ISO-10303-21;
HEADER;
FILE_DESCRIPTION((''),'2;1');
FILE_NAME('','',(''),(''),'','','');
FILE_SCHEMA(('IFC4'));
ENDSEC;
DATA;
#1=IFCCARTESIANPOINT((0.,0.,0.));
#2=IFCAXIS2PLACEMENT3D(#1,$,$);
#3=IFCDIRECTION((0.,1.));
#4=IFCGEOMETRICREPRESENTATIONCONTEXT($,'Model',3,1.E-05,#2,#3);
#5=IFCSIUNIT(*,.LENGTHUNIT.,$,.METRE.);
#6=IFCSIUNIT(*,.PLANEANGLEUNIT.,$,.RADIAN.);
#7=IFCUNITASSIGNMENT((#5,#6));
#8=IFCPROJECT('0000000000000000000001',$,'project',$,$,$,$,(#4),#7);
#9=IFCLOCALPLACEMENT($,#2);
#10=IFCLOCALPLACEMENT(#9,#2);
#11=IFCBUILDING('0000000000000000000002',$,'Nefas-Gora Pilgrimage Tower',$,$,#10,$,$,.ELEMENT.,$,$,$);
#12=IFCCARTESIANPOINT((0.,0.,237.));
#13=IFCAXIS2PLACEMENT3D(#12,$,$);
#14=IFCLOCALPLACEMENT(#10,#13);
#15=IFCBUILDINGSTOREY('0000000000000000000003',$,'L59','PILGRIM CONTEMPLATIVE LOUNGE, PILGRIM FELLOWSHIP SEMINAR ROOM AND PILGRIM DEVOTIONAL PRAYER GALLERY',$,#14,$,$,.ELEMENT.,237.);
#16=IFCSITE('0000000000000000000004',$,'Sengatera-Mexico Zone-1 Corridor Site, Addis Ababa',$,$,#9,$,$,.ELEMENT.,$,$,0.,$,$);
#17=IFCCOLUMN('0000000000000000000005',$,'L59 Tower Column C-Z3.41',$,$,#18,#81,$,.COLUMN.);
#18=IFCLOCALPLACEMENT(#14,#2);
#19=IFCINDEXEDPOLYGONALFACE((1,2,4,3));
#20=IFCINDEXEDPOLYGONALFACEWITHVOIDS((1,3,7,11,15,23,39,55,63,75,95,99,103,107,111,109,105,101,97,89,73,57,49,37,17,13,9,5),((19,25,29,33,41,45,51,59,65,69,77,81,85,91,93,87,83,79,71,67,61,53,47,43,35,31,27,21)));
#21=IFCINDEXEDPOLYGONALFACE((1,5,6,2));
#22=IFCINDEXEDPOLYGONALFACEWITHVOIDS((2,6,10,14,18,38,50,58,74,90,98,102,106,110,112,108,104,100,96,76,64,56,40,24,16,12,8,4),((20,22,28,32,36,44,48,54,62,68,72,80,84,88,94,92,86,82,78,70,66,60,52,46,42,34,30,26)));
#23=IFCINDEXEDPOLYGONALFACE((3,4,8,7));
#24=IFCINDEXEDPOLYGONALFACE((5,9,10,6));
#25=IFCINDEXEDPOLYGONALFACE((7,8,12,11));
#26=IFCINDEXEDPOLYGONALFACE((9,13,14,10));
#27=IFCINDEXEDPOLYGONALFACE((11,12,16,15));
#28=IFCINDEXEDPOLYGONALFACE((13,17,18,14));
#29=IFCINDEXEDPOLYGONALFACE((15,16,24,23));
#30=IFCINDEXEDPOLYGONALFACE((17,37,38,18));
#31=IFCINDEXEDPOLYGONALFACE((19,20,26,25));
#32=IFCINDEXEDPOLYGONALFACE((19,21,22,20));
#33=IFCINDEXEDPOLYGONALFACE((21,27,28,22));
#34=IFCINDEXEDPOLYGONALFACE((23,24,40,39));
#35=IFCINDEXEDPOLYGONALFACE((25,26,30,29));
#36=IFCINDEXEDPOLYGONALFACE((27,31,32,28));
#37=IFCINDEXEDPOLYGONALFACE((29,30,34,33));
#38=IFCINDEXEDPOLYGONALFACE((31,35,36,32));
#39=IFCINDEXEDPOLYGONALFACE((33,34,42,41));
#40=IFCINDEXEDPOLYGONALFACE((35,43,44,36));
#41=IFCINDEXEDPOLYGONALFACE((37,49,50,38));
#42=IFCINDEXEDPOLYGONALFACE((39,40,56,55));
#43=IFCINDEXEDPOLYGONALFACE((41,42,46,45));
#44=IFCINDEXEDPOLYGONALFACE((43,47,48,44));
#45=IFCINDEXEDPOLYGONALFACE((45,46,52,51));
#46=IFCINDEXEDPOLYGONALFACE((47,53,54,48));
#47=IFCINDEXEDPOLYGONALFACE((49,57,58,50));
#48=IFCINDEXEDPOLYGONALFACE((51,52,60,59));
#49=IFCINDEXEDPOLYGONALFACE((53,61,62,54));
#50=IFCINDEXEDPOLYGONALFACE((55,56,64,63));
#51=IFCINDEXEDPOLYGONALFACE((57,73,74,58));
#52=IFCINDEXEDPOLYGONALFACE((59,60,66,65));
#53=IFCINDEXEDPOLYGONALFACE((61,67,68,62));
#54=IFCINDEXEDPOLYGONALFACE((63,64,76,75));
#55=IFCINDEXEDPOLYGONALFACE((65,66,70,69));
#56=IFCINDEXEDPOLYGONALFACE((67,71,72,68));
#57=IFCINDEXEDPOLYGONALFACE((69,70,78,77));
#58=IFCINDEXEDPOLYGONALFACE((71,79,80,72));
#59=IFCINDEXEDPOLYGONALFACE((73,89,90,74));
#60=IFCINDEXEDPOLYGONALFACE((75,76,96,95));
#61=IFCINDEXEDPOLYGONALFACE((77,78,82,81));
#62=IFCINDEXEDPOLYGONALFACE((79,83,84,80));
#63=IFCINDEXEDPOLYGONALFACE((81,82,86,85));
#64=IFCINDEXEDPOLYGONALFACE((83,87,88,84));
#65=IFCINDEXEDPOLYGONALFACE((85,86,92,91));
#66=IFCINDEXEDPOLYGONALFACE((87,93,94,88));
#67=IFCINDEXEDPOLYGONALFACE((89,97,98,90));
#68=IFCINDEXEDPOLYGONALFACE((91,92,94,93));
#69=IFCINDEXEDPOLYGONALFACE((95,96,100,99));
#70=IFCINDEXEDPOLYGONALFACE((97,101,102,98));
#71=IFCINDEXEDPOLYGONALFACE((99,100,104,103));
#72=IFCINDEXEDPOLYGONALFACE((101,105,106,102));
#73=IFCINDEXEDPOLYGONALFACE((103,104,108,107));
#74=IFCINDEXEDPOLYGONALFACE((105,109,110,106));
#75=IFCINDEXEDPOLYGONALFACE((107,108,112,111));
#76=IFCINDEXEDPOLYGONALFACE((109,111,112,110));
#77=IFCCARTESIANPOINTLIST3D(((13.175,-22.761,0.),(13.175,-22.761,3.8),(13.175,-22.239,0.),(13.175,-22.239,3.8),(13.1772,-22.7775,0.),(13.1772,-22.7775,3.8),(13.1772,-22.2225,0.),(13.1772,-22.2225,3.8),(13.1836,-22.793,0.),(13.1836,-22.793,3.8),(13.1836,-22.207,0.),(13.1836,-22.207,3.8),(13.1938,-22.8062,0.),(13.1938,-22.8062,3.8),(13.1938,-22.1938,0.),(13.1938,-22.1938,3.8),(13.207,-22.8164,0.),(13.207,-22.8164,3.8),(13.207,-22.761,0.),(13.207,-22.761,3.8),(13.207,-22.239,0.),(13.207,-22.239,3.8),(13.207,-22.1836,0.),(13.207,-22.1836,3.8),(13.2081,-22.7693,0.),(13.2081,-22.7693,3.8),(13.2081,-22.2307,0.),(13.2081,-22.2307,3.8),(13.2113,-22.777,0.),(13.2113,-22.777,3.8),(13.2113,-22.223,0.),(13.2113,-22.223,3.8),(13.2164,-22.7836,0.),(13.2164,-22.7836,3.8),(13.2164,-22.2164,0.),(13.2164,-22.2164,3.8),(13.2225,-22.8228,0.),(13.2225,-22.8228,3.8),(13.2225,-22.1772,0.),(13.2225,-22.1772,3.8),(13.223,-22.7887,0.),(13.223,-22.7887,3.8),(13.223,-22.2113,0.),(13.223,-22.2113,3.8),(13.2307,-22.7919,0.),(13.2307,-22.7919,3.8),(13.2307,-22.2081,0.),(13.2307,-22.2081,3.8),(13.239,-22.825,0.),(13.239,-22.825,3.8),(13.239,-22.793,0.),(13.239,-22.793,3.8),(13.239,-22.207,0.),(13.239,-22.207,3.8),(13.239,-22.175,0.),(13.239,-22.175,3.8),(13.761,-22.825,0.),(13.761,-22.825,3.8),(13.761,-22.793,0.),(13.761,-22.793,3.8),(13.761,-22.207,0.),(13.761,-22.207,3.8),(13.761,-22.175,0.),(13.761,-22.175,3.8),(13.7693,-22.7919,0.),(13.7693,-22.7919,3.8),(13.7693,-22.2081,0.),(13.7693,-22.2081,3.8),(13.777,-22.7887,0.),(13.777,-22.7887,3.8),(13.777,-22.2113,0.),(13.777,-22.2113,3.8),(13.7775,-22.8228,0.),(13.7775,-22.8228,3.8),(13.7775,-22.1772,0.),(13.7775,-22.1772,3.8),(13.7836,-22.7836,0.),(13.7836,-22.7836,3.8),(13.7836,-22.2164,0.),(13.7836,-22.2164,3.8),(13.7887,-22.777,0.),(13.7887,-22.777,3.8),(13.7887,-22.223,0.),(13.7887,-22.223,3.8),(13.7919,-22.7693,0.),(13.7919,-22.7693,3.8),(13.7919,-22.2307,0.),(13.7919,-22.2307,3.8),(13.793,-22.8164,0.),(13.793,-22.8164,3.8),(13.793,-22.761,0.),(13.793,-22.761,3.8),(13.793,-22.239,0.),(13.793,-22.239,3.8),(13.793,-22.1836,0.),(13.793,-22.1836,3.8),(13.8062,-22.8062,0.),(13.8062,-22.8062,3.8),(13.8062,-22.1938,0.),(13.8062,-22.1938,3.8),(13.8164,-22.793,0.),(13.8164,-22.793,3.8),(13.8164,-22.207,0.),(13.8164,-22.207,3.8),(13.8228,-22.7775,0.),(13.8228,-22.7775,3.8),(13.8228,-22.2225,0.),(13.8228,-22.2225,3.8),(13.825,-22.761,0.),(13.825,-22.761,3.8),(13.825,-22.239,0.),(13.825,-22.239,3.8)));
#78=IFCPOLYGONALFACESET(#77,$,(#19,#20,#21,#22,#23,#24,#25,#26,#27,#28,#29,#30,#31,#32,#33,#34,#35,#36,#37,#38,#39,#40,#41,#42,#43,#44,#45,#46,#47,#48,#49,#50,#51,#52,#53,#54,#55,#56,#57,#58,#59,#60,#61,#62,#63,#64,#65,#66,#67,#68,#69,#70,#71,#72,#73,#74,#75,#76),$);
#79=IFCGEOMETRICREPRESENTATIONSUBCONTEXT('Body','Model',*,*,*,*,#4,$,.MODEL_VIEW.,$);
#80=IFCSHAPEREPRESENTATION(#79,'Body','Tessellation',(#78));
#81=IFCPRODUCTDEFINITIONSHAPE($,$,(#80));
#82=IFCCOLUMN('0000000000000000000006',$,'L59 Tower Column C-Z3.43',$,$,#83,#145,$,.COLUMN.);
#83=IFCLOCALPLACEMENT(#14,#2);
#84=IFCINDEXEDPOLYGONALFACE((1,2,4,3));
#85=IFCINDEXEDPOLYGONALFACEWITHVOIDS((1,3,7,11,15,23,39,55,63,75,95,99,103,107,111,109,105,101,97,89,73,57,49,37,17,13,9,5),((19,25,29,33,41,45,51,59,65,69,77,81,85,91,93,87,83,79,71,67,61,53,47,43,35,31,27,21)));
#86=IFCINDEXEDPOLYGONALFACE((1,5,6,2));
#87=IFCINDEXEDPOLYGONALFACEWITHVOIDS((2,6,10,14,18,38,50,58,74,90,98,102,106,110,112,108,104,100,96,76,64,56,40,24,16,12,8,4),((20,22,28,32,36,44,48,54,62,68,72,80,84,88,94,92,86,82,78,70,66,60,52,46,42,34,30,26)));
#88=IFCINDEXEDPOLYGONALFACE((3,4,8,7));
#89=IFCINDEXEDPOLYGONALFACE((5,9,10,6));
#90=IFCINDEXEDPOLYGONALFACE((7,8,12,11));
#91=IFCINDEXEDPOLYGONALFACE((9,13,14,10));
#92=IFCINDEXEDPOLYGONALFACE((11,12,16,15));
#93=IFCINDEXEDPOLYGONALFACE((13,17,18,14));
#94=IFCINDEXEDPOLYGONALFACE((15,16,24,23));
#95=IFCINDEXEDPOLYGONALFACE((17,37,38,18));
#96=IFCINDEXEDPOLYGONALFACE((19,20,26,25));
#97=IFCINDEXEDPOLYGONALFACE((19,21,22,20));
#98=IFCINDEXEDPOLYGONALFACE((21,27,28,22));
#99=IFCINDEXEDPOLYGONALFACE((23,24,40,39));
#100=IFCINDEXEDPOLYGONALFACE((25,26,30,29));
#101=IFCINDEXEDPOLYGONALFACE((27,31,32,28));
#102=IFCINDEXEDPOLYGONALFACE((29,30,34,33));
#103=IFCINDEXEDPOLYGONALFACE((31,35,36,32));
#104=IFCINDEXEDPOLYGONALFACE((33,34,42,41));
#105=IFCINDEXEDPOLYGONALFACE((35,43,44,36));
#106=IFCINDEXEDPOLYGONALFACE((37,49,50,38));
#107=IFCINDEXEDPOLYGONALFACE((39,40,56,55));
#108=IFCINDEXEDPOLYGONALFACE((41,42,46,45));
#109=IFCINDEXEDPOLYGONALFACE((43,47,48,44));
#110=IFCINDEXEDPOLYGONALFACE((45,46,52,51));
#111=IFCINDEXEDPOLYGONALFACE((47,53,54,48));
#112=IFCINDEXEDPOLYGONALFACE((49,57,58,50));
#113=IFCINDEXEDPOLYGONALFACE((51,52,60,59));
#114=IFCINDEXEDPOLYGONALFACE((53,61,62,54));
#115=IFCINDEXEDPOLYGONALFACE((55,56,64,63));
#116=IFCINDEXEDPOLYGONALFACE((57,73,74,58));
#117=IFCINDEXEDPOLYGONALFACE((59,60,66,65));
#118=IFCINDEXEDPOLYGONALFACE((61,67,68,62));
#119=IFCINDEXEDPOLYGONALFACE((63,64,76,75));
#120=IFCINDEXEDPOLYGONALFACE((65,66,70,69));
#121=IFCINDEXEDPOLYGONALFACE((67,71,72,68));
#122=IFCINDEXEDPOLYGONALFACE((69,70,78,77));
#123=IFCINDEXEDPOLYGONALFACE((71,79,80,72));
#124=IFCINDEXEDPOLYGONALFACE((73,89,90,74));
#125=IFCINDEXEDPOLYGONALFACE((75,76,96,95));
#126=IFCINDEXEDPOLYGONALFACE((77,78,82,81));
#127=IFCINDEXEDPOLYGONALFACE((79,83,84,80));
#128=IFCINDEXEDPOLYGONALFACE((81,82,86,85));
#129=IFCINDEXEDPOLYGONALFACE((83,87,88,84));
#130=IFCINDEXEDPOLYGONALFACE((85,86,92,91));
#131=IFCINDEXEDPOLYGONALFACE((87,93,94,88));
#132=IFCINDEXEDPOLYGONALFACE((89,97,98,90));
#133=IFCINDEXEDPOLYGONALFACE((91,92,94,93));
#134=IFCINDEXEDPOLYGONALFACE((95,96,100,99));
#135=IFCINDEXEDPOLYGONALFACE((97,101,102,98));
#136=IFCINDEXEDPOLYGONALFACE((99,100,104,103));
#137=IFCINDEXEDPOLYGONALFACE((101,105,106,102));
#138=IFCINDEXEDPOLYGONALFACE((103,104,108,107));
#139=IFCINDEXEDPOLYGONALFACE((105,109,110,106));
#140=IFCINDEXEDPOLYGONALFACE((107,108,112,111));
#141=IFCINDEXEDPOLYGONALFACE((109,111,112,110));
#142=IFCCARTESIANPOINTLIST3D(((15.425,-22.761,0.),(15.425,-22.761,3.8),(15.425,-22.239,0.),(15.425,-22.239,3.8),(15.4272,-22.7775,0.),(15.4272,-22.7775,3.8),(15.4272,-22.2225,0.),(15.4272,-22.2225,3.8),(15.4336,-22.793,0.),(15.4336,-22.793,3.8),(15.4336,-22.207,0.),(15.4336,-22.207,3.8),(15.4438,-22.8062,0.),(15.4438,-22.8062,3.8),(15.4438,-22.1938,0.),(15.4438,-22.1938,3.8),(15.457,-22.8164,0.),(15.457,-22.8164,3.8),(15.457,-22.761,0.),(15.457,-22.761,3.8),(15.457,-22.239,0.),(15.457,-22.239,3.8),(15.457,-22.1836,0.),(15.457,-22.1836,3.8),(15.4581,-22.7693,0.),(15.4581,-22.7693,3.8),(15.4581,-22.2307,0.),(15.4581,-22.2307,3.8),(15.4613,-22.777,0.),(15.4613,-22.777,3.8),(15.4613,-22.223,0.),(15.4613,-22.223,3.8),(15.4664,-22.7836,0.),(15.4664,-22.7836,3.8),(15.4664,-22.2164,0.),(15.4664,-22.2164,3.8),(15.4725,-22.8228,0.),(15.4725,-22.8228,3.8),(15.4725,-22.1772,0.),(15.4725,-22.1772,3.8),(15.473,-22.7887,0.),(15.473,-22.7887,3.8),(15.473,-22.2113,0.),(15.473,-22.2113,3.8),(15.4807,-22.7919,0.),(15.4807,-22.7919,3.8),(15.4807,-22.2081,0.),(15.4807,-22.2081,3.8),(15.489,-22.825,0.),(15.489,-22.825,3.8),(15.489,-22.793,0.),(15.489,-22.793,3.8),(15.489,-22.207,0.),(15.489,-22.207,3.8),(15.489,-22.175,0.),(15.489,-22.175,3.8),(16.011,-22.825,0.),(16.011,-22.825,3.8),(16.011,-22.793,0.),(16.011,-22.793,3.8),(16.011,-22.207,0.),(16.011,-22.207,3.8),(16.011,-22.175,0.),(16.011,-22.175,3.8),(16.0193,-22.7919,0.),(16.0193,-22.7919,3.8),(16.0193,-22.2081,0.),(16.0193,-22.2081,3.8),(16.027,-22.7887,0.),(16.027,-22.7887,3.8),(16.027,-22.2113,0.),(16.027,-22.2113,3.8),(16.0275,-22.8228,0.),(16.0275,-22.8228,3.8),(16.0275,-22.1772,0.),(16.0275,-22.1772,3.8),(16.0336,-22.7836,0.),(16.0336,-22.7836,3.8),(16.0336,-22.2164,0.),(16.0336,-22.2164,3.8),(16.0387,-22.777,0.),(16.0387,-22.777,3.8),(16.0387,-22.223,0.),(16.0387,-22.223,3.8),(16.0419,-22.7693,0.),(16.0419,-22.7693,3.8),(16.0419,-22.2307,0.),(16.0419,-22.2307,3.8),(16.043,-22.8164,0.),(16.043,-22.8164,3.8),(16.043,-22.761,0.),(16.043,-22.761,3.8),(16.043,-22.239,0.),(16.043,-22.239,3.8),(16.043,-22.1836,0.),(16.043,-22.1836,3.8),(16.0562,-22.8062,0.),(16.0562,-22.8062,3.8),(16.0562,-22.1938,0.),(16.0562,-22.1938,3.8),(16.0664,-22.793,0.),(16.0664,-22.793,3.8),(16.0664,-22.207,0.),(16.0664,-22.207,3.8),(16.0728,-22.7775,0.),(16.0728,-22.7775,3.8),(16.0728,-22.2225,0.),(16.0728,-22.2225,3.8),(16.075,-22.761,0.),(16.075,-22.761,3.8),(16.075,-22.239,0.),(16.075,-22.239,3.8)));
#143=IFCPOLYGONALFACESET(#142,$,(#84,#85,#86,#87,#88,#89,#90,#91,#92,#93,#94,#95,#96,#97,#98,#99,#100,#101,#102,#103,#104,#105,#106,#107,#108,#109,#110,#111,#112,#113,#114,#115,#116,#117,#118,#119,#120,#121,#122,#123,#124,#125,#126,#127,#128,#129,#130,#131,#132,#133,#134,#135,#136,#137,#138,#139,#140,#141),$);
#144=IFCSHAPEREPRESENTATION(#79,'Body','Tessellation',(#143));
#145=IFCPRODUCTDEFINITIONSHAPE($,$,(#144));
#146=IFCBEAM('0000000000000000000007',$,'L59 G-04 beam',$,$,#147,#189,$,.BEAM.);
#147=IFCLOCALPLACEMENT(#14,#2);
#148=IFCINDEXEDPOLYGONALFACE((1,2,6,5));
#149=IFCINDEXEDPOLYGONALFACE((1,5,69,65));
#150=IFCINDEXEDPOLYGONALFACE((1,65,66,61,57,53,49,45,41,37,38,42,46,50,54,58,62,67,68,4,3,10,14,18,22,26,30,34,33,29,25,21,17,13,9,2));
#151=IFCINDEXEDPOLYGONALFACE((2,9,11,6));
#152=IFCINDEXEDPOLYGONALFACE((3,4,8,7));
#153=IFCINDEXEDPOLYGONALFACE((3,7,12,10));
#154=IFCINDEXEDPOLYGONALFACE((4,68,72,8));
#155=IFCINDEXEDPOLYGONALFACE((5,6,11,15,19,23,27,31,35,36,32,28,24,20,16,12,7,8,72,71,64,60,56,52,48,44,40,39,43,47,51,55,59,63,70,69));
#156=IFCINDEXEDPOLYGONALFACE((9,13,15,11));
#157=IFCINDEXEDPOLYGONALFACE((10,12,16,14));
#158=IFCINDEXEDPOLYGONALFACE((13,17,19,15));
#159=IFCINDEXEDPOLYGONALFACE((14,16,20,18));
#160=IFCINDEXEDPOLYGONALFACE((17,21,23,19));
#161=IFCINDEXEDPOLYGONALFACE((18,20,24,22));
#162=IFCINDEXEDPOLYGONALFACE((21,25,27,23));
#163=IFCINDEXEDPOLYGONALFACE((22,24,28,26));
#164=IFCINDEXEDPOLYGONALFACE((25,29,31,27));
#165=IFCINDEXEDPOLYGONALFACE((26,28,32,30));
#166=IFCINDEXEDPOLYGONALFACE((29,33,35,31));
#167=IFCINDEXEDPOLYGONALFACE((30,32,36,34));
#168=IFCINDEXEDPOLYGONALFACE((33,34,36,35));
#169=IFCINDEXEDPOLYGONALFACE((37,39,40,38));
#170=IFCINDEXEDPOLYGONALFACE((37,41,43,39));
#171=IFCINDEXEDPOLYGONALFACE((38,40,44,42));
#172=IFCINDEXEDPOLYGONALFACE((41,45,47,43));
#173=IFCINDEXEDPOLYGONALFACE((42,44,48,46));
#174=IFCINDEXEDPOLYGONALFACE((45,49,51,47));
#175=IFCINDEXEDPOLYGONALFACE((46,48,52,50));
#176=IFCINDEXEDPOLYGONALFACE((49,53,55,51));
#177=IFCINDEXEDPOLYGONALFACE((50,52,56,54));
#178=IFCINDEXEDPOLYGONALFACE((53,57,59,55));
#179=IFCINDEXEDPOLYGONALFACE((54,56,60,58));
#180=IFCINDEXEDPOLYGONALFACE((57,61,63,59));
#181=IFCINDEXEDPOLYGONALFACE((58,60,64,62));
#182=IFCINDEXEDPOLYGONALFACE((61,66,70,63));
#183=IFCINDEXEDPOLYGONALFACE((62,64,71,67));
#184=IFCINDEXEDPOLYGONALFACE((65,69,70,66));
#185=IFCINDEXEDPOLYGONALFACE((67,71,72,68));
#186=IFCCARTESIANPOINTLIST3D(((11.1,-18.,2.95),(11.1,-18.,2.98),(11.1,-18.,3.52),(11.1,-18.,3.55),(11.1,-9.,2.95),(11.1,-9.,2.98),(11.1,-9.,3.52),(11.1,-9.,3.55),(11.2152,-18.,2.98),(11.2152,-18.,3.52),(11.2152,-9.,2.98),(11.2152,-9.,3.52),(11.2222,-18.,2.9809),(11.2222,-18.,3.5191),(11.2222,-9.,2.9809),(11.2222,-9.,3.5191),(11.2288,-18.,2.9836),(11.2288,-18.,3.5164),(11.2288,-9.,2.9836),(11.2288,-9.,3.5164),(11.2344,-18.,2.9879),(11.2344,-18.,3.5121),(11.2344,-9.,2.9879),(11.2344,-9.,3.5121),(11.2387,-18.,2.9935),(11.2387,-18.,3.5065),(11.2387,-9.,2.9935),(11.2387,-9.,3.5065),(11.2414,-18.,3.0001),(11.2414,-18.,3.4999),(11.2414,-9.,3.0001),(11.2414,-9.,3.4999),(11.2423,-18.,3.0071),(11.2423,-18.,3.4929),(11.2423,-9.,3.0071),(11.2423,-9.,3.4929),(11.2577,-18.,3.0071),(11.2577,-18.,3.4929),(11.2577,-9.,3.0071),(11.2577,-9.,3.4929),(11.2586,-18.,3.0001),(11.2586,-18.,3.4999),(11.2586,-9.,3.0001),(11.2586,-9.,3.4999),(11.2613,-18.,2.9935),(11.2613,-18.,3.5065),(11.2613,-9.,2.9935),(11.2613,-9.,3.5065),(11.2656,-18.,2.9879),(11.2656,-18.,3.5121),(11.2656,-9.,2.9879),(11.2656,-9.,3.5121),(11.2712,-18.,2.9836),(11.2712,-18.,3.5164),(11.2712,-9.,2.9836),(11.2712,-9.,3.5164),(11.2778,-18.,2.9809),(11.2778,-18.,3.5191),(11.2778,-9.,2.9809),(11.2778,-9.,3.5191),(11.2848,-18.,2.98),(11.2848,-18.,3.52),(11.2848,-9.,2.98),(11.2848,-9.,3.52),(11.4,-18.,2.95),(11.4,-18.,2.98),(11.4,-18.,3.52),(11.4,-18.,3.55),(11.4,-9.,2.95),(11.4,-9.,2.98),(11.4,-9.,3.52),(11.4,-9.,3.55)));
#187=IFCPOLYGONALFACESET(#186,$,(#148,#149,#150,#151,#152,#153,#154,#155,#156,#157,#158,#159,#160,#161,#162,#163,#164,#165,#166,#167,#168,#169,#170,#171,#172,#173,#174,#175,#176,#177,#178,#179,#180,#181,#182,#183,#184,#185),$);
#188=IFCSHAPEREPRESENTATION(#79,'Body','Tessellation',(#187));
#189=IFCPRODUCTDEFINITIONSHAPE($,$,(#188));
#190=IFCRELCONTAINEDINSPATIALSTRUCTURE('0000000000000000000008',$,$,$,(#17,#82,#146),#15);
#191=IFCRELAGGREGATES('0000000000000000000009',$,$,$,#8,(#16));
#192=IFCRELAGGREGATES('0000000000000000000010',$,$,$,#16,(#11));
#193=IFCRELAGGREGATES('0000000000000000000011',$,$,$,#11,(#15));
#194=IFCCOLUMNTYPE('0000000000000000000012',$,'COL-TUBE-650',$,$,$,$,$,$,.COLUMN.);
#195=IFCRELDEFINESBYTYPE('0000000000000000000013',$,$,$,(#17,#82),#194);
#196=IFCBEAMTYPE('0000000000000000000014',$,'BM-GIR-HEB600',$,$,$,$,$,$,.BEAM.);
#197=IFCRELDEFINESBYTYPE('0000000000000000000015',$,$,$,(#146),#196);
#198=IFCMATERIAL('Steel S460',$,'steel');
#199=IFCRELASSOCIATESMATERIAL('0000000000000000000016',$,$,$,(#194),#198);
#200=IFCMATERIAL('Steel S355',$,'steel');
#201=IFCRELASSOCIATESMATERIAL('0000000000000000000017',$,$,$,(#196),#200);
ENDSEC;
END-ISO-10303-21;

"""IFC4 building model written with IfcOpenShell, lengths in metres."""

from ifc_helpers import new_model, si_unit, direction, frame, origin, origin_2d, place, context, subcontext, project, spatial, hollow_rectangle, i_section, extrude, source, transform, mapped, material, material_profile, profile_set, type_object, element, save


model = new_model("IFC4")

# Units and contexts
model_context = context("Model", 3, precision=1e-05, world=origin(), true_north=direction((0.0, 1.0)))
body_context = subcontext(model_context, "Body", "Model", "MODEL_VIEW")
ifc_project = project(units=[si_unit("LENGTHUNIT", "METRE"), si_unit("PLANEANGLEUNIT", "RADIAN")], contexts=[model_context])

# Site, building, storey
site_placement = place(None, origin())
site = spatial("IfcSite", under=ifc_project, at=site_placement, Name="Sengatera-Mexico Zone-1 Corridor Site, Addis Ababa", CompositionType="ELEMENT", RefElevation=0.0)
building_placement = place(site_placement, origin())
building = spatial("IfcBuilding", under=site, at=building_placement, Name="Nefas-Gora Pilgrimage Tower", CompositionType="ELEMENT")
storey_placement = place(building_placement, frame((0.0, 0.0, 237.0)))
storey = spatial("IfcBuildingStorey", under=building, at=storey_placement, Name="L59", Description="PILGRIM CONTEMPLATIVE LOUNGE, PILGRIM FELLOWSHIP SEMINAR ROOM AND PILGRIM DEVOTIONAL PRAYER GALLERY", CompositionType="ELEMENT", Elevation=237.0)

# Columns
ifc_material_1 = material(Name="Steel S460", Category="steel")
ifc_material_profile_1 = material_profile(ifc_material_1, hollow_rectangle(XDim=0.6499, YDim=0.6499, WallThickness=0.032, InnerFilletRadius=0.032, OuterFilletRadius=0.064, at=origin_2d()), Name="BOX 650x650x32")
ifc_profile_set_1 = profile_set([ifc_material_profile_1], Name="Steel S460")
column_type_1 = type_object("IfcColumnType", Name="COL-TUBE-650", PredefinedType="COLUMN", material=ifc_profile_set_1)
shared_shape_1 = source(origin(), body_context, "Body", "SweptSolid", [
    extrude(hollow_rectangle(XDim=0.6499, YDim=0.6499, WallThickness=0.032, InnerFilletRadius=0.032, OuterFilletRadius=0.064, at=origin_2d()), origin(), (0.0, 0.0, 1.0), 3.8),
])
for number, where, z_axis, x_axis, name in (
    (1, (13.5, -22.5, 0.0), (0.0, 0.0, 1.0), (1.0, 0.0, 0.0), "L59 Tower Column C-Z3.41"),
    (2, (15.75, -22.5, 0.0), (0.0, 0.0, 1.0), (1.0, 0.0, 0.0), "L59 Tower Column C-Z3.43"),
):
    element("IfcColumn", number, at=place(storey_placement, frame(where, z_axis=z_axis, x_axis=x_axis)), inside=storey, type_object=column_type_1, Name=name, PredefinedType="COLUMN", context=body_context, shape_type="MappedRepresentation", body=[
        mapped(shared_shape_1, transform((0.0, 0.0, 0.0), x_axis=(1.0, 0.0, 0.0), y_axis=(0.0, 1.0, 0.0), z_axis=(0.0, 0.0, 1.0), scale=1.0)),
    ])

# Beam
ifc_material_2 = material(Name="Steel S355", Category="steel")
ifc_material_profile_2 = material_profile(ifc_material_2, i_section(OverallWidth=0.3, OverallDepth=0.6001, WebThickness=0.0154, FlangeThickness=0.03, FilletRadius=0.0271, at=origin_2d()), Name="HEB 600")
ifc_profile_set_2 = profile_set([ifc_material_profile_2], Name="Steel S355")
beam_type_1 = type_object("IfcBeamType", Name="BM-GIR-HEB600", PredefinedType="BEAM", material=ifc_profile_set_2)
shared_shape_2 = source(origin(), body_context, "Body", "SweptSolid", [
    extrude(i_section(OverallWidth=0.3, OverallDepth=0.6001, WebThickness=0.0154, FlangeThickness=0.03, FilletRadius=0.0271, at=origin_2d()), origin(), (0.0, 0.0, 1.0), 9.0),
])
for number, where, z_axis, x_axis, name in (
    (3, (11.25, -18.0, 3.25), (0.0, 1.0, 0.0), (-1.0, 0.0, 0.0), "L59 G-04 beam"),
):
    element("IfcBeam", number, at=place(storey_placement, frame(where, z_axis=z_axis, x_axis=x_axis)), inside=storey, type_object=beam_type_1, Name=name, PredefinedType="BEAM", context=body_context, shape_type="MappedRepresentation", body=[
        mapped(shared_shape_2, transform((0.0, 0.0, 0.0), x_axis=(1.0, 0.0, 0.0), y_axis=(0.0, 1.0, 0.0), z_axis=(0.0, 0.0, 1.0), scale=1.0)),
    ])

save(model, "model.ifc")
